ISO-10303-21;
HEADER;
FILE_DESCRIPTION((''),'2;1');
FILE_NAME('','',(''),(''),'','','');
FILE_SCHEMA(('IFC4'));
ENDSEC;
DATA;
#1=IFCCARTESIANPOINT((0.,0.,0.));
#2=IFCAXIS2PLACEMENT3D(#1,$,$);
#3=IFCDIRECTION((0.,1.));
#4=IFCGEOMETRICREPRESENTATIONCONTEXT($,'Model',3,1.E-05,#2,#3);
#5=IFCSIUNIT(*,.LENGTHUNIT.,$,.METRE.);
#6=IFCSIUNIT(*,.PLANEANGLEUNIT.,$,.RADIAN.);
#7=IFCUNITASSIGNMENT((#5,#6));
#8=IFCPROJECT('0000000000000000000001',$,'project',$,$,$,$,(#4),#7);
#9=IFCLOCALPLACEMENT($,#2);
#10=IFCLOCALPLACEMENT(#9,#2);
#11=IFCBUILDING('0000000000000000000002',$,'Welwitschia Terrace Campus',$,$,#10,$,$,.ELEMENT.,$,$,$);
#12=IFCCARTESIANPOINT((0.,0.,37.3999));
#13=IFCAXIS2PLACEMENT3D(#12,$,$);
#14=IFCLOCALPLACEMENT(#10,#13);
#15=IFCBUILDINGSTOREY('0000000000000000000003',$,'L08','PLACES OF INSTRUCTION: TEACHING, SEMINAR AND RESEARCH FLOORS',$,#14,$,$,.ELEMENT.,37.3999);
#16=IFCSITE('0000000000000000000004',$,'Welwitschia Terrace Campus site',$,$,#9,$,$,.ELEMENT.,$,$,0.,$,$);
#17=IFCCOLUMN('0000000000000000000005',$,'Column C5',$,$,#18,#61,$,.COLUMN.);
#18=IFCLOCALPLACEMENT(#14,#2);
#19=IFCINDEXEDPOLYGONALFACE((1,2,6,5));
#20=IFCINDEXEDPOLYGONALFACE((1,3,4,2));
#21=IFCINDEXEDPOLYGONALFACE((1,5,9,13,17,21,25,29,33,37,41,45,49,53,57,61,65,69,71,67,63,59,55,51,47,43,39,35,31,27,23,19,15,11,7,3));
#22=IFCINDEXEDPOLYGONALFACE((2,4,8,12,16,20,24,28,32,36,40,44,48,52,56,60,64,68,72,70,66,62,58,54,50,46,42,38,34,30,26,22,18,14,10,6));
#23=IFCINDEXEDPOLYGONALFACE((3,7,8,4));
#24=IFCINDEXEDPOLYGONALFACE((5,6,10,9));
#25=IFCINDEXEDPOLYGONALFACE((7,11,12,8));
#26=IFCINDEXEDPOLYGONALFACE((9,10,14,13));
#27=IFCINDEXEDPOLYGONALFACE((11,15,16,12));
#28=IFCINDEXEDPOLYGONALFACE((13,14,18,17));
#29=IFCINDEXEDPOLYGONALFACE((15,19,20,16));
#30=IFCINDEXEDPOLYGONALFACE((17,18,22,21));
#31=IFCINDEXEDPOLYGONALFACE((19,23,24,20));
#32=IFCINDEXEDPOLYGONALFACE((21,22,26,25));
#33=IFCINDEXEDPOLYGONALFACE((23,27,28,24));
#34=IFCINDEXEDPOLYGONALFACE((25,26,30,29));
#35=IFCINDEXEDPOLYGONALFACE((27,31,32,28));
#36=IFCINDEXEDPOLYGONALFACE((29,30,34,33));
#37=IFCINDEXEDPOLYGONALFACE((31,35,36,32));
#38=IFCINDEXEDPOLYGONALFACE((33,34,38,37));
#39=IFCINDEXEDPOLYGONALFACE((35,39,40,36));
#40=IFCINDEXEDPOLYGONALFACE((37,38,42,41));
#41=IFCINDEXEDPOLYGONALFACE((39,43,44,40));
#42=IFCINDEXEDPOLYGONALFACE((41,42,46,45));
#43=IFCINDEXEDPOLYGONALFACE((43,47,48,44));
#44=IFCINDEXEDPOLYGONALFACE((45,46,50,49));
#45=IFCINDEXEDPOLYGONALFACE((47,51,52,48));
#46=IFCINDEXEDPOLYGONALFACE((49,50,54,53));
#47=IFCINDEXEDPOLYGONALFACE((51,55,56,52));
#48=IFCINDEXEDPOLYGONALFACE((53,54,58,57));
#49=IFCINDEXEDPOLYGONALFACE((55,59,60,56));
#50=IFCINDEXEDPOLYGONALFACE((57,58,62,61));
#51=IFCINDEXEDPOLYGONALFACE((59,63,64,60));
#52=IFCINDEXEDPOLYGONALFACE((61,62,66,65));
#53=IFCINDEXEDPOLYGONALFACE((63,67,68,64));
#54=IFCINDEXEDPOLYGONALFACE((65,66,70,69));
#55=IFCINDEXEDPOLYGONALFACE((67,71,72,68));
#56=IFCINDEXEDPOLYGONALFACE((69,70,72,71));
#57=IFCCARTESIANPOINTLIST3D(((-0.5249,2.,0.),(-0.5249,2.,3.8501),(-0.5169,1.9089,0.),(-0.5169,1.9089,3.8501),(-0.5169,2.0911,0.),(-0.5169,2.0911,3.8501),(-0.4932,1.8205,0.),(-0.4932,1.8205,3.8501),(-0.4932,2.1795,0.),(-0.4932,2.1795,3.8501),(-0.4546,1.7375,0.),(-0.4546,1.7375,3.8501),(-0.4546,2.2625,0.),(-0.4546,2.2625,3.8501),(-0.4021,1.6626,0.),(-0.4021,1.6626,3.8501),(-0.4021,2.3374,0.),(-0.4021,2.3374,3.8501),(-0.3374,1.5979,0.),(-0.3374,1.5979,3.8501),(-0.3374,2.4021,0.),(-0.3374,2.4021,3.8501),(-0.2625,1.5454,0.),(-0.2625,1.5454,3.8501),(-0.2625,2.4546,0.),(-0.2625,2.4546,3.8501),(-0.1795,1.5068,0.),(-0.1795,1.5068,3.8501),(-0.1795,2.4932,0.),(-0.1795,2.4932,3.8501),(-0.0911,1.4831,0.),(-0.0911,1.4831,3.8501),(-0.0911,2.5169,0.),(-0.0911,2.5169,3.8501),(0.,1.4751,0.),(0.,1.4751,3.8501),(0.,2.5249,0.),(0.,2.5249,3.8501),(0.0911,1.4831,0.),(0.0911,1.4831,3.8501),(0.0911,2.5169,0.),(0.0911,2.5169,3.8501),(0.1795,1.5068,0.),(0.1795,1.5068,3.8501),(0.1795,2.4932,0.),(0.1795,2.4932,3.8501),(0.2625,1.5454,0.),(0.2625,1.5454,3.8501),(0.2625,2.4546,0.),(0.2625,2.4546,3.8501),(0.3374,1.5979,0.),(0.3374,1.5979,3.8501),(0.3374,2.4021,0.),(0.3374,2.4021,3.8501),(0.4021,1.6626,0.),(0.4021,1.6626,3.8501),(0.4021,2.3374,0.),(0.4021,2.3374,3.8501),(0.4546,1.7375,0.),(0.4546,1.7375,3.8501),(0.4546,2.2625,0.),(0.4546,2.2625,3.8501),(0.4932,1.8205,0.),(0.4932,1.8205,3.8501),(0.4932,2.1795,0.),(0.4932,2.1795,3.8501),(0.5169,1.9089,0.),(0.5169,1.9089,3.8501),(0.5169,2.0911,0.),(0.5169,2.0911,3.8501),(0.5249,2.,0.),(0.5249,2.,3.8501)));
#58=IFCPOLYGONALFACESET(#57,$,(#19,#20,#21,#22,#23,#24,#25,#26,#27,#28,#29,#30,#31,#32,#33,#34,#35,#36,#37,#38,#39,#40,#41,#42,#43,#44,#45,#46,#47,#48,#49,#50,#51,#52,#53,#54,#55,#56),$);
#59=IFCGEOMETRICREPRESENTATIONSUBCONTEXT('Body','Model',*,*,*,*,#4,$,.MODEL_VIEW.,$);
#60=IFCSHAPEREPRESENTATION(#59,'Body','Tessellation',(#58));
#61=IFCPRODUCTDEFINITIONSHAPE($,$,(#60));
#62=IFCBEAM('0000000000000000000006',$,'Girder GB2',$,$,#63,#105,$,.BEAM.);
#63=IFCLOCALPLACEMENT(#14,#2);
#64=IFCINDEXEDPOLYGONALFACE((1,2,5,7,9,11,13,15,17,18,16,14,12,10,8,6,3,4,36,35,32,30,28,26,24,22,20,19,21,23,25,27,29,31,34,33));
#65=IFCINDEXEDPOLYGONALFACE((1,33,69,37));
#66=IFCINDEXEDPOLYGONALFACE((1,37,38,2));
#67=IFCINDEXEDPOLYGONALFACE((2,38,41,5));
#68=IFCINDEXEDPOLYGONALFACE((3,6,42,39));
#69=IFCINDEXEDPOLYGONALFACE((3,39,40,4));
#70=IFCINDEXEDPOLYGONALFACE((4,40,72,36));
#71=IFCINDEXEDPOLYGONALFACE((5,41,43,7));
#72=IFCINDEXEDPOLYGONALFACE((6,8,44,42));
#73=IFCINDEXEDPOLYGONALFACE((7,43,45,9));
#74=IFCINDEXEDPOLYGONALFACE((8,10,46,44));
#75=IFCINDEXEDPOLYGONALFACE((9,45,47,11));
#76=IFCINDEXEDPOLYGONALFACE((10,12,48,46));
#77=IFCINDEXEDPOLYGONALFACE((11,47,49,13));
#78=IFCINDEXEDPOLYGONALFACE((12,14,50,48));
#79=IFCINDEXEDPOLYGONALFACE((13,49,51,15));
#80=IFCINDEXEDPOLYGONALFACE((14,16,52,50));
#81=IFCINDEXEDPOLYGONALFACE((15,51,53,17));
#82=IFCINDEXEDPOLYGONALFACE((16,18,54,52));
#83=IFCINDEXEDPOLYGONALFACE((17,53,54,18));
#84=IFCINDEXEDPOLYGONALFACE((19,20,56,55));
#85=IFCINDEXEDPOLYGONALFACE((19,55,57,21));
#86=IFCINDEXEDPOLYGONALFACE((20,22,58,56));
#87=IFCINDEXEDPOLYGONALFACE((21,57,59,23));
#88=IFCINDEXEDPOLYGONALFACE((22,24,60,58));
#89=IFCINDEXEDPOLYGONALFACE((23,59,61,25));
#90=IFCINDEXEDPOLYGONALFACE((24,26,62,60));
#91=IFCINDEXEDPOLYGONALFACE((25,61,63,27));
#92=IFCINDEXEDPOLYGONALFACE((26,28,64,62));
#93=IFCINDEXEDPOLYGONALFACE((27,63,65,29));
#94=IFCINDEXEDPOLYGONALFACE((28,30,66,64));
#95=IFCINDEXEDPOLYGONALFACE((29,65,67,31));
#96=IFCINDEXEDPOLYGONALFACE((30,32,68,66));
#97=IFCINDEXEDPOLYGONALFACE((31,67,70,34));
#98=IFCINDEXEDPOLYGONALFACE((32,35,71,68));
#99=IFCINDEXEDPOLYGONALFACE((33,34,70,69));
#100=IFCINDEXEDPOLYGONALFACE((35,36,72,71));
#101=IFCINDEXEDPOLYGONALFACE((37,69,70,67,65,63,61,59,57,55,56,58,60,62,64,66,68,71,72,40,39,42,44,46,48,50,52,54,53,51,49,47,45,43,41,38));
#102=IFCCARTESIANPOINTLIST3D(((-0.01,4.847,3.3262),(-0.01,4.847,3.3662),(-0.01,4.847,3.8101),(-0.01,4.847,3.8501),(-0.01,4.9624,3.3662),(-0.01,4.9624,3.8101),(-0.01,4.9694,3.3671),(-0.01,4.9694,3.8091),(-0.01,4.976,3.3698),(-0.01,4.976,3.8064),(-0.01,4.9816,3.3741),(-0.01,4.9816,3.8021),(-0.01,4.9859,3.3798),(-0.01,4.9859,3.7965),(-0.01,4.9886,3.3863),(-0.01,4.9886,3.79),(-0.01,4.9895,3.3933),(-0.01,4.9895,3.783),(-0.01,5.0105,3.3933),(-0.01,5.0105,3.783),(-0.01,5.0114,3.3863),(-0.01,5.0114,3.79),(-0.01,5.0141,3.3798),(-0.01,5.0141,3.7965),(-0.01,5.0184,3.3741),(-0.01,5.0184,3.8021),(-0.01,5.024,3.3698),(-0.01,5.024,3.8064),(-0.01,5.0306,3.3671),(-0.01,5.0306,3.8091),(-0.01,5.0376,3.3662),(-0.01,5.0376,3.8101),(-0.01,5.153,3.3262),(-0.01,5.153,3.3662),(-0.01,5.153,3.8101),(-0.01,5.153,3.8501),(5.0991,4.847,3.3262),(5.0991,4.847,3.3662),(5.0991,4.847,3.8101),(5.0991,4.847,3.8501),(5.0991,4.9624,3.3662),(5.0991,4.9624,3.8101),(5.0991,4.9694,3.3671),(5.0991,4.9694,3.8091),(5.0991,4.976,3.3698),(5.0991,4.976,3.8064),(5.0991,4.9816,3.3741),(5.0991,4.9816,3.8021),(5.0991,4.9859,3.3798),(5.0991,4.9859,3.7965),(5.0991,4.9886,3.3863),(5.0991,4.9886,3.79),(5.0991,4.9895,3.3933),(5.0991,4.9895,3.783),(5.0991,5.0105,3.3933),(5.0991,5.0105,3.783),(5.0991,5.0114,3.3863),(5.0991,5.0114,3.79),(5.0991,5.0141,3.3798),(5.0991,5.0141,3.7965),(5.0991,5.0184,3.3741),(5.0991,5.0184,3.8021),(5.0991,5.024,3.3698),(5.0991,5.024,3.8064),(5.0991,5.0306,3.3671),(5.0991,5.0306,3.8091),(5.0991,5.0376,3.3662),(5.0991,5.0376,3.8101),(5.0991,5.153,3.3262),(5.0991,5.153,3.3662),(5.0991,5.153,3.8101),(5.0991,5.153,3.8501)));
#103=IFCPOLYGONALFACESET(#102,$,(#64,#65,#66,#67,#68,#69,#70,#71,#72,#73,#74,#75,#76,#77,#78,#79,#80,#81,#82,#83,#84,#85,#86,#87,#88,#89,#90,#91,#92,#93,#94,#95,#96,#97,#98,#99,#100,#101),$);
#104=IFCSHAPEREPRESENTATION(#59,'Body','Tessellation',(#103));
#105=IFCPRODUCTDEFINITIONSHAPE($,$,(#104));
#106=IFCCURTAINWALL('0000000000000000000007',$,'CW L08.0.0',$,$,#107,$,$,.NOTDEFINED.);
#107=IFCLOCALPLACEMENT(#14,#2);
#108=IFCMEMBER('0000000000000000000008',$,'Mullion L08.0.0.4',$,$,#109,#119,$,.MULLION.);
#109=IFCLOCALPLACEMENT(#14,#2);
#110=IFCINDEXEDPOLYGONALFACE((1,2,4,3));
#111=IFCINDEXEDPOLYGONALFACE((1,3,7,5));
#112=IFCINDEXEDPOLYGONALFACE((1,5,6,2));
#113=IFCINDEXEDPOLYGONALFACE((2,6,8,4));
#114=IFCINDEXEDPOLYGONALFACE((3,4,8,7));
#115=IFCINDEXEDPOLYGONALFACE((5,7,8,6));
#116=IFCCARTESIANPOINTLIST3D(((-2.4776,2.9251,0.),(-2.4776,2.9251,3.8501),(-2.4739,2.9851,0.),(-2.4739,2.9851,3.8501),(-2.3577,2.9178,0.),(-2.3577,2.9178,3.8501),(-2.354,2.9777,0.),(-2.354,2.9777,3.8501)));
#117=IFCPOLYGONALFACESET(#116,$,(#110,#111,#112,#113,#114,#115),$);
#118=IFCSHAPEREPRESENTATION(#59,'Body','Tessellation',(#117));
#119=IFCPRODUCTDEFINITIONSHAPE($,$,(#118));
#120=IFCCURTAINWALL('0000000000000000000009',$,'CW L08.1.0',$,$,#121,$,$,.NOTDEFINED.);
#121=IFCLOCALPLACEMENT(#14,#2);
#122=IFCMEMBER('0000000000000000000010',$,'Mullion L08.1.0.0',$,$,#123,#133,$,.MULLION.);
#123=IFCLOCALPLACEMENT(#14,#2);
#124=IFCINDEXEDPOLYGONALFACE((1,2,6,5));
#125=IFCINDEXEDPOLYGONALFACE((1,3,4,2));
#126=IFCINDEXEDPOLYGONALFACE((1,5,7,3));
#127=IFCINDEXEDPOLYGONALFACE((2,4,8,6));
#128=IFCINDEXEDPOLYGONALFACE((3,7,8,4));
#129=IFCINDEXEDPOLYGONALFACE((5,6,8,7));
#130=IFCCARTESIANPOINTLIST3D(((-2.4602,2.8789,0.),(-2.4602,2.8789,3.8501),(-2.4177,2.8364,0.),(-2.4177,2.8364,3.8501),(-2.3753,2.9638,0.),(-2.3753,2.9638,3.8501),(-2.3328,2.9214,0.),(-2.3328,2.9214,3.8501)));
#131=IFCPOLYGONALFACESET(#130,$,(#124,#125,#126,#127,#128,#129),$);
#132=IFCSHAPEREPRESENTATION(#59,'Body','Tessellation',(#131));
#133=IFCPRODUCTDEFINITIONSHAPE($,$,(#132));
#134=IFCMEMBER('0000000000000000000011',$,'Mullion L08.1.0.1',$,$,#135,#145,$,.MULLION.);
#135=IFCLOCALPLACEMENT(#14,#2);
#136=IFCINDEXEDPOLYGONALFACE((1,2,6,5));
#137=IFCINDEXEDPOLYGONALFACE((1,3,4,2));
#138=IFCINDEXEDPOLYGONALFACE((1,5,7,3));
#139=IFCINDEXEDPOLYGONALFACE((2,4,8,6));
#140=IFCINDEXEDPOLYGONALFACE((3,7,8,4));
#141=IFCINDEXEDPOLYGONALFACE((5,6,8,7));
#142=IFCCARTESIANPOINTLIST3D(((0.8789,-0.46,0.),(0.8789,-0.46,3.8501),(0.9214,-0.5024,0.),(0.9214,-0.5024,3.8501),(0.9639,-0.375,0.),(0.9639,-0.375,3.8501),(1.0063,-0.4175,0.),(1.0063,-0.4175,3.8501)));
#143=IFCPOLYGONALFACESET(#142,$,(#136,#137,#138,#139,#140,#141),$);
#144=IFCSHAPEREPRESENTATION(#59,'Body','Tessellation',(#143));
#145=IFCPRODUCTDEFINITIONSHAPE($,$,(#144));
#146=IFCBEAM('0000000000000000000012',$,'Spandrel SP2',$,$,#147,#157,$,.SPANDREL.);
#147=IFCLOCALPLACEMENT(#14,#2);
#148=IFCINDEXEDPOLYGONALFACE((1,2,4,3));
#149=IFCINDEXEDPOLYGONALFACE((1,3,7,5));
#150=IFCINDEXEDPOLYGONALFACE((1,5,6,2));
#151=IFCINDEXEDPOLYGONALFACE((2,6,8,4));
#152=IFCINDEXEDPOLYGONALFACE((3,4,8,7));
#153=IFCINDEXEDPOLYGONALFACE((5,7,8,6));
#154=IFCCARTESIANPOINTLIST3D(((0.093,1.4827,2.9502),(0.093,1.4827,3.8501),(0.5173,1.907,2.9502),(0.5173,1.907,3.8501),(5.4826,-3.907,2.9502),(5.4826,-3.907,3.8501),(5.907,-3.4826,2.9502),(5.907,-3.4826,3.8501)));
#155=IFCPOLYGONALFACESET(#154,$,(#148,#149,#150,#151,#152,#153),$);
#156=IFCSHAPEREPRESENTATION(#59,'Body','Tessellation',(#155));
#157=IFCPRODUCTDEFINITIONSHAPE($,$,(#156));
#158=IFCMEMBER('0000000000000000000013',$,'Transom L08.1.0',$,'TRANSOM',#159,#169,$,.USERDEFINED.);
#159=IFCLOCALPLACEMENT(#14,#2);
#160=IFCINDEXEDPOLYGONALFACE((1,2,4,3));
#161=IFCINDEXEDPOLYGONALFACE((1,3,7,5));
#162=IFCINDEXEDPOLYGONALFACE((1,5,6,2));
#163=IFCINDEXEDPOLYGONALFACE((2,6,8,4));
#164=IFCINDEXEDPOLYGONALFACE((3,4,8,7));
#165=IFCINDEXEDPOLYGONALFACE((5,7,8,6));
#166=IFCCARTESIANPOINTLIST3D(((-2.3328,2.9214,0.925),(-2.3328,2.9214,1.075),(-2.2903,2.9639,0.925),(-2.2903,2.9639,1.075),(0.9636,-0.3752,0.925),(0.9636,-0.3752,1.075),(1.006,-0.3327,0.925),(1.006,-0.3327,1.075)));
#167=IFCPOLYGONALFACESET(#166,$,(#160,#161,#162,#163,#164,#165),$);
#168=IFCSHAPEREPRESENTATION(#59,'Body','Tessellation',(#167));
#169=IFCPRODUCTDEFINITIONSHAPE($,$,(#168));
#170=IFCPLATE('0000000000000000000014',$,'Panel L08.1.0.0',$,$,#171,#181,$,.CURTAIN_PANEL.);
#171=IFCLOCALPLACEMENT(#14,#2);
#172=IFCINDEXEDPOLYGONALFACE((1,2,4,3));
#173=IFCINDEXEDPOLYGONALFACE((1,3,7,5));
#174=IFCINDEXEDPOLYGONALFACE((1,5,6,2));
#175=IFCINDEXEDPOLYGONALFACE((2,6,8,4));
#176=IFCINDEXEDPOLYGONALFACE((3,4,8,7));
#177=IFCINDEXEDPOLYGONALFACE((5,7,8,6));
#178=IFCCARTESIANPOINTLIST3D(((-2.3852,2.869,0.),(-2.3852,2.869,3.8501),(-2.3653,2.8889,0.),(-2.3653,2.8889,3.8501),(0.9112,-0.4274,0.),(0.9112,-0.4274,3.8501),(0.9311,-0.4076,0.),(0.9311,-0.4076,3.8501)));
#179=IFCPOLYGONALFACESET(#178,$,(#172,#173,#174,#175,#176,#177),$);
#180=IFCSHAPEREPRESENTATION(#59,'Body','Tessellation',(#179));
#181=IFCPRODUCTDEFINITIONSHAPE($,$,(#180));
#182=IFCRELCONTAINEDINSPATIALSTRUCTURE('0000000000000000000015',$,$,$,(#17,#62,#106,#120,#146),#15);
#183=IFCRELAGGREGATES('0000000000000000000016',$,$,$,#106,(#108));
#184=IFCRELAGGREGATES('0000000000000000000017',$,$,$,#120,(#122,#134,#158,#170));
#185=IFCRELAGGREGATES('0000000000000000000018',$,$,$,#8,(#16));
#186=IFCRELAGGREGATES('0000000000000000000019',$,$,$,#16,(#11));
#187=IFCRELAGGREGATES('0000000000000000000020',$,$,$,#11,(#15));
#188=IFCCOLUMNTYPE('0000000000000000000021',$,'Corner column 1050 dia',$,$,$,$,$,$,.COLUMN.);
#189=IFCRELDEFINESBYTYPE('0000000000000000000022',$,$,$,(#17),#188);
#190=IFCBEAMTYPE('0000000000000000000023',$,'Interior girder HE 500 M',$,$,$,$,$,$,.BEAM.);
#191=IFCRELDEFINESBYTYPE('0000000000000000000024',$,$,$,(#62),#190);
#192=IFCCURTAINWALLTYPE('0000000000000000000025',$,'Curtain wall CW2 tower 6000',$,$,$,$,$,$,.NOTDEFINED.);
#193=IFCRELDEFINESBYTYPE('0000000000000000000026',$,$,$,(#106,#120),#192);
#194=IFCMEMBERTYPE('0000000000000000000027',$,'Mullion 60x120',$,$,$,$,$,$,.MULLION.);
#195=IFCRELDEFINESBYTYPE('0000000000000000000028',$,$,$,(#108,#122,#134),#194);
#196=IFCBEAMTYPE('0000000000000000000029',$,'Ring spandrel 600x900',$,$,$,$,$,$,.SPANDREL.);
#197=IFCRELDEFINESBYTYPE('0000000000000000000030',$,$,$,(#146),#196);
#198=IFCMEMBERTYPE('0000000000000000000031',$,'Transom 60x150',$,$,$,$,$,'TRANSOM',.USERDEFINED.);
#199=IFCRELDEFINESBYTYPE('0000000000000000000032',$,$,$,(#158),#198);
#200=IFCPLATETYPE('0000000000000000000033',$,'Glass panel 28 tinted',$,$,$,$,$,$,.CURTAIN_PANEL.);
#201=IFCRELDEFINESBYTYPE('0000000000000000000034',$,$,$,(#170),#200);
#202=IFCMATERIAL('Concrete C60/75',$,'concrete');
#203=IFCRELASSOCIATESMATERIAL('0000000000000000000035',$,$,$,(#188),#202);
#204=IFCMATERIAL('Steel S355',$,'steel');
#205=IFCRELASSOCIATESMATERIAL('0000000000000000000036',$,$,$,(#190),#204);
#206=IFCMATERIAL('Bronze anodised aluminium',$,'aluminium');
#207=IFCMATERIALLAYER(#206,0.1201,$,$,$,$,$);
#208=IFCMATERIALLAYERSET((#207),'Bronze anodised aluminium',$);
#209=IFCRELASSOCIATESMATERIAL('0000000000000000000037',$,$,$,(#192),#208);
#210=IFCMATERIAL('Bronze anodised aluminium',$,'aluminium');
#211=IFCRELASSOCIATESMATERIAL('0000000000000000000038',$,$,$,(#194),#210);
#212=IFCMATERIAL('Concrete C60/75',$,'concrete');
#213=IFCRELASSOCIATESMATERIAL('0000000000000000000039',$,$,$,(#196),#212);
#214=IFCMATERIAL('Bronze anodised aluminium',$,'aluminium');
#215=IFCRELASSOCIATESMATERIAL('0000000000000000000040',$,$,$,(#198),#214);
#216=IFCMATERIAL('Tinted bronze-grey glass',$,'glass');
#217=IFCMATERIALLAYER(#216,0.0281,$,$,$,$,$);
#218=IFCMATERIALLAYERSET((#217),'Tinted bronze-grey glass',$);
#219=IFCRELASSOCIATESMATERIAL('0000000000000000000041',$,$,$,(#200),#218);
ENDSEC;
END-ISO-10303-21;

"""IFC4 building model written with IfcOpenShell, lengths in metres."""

from ifc_helpers import new_model, si_unit, direction, frame, origin, origin_2d, place, context, subcontext, project, spatial, rectangle, circle, i_section, extrude, material, layer, layer_set, material_profile, profile_set, type_object, element, aggregate, save


model = new_model("IFC4")

# Units and contexts
model_context = context("Model", 3, precision=1e-05, world=origin(), true_north=direction((0.0, 1.0)))
body_context = subcontext(model_context, "Body", "Model", "MODEL_VIEW")
ifc_project = project(units=[si_unit("LENGTHUNIT", "METRE"), si_unit("PLANEANGLEUNIT", "RADIAN")], contexts=[model_context])

# Site, building, storey
site_placement = place(None, origin())
site = spatial("IfcSite", under=ifc_project, at=site_placement, Name="Welwitschia Terrace Campus site", CompositionType="ELEMENT", RefElevation=0.0)
building_placement = place(site_placement, origin())
building = spatial("IfcBuilding", under=site, at=building_placement, Name="Welwitschia Terrace Campus", CompositionType="ELEMENT")
storey_placement = place(building_placement, frame((0.0, 0.0, 37.3999)))
storey = spatial("IfcBuildingStorey", under=building, at=storey_placement, Name="L08", Description="PLACES OF INSTRUCTION: TEACHING, SEMINAR AND RESEARCH FLOORS", CompositionType="ELEMENT", Elevation=37.3999)

# Column
ifc_material_1 = material(Name="Concrete C60/75", Category="concrete")
ifc_material_profile_1 = material_profile(ifc_material_1, circle(Radius=0.5249, at=origin_2d()))
ifc_profile_set_1 = profile_set([ifc_material_profile_1], Name="Concrete C60/75")
column_type = type_object("IfcColumnType", Name="Corner column 1050 dia", PredefinedType="COLUMN", material=ifc_profile_set_1)
column_placement = place(storey_placement, frame((0.0, 2.0, 0.0), z_axis=(0.0, 0.0, 1.0), x_axis=(1.0, 0.0, 0.0)))
element("IfcColumn", 1, at=column_placement, inside=storey, type_object=column_type, Name="Column C5", PredefinedType="COLUMN", context=body_context, shape_type="SweptSolid", body=[
    extrude(circle(Radius=0.5249, at=origin_2d()), origin(), (0.0, 0.0, 1.0), 3.8501),
])

# Beam
ifc_material_2 = material(Name="Steel S355", Category="steel")
ifc_material_profile_2 = material_profile(ifc_material_2, i_section(OverallWidth=0.3059, OverallDepth=0.5239, WebThickness=0.021, FlangeThickness=0.04, FilletRadius=0.0271, at=origin_2d()))
ifc_profile_set_2 = profile_set([ifc_material_profile_2], Name="Steel S355")
beam_type_1 = type_object("IfcBeamType", Name="Interior girder HE 500 M", PredefinedType="BEAM", material=ifc_profile_set_2)
beam_1_placement = place(storey_placement, frame((-0.01, 5.0, 3.5881), z_axis=(1.0, 0.0, 0.0), x_axis=(0.0, 1.0, 0.0)))
element("IfcBeam", 2, at=beam_1_placement, inside=storey, type_object=beam_type_1, Name="Girder GB2", PredefinedType="BEAM", context=body_context, shape_type="SweptSolid", body=[
    extrude(i_section(OverallWidth=0.3059, OverallDepth=0.5239, WebThickness=0.021, FlangeThickness=0.04, FilletRadius=0.0271, at=origin_2d()), origin(), (0.0, 0.0, 1.0), 5.1091),
])

# Curtain wall, member
ifc_material_3 = material(Name="Bronze anodised aluminium", Category="aluminium")
ifc_layer_1 = layer(ifc_material_3, 0.1201)
ifc_layer_set_1 = layer_set([ifc_layer_1], Name="Bronze anodised aluminium")
curtain_wall_type = type_object("IfcCurtainWallType", Name="Curtain wall CW2 tower 6000", PredefinedType="NOTDEFINED", material=ifc_layer_set_1)
curtain_wall_1_placement = place(storey_placement, origin())
curtain_wall_1 = element("IfcCurtainWall", 3, at=curtain_wall_1_placement, inside=storey, type_object=curtain_wall_type, Name="CW L08.0.0", PredefinedType="NOTDEFINED")
ifc_material_4 = material(Name="Bronze anodised aluminium", Category="aluminium")
ifc_material_profile_3 = material_profile(ifc_material_4, rectangle(XDim=0.1201, YDim=0.0601, at=origin_2d()))
ifc_profile_set_3 = profile_set([ifc_material_profile_3], Name="Bronze anodised aluminium")
member_type_1 = type_object("IfcMemberType", Name="Mullion 60x120", PredefinedType="MULLION", material=ifc_profile_set_3)
member_1_placement = place(storey_placement, frame((-2.4158, 2.9514, 0.0), z_axis=(0.0, 0.0, 1.0), x_axis=(0.998135, -0.061049, 0.0)))
member_1 = element("IfcMember", 4, at=member_1_placement, type_object=member_type_1, Name="Mullion L08.0.0.4", PredefinedType="MULLION", context=body_context, shape_type="SweptSolid", body=[
    extrude(rectangle(XDim=0.1201, YDim=0.0601, at=origin_2d()), origin(), (0.0, 0.0, 1.0), 3.8501),
])
aggregate(curtain_wall_1, [member_1])

# Curtain wall, members
curtain_wall_2_placement = place(storey_placement, origin())
curtain_wall_2 = element("IfcCurtainWall", 5, at=curtain_wall_2_placement, inside=storey, type_object=curtain_wall_type, Name="CW L08.1.0", PredefinedType="NOTDEFINED")
member_2_placement = place(storey_placement, frame((-2.3965, 2.9001, 0.0), z_axis=(0.0, 0.0, 1.0), x_axis=(0.707107, 0.707107, 0.0)))
member_2 = element("IfcMember", 6, at=member_2_placement, type_object=member_type_1, Name="Mullion L08.1.0.0", PredefinedType="MULLION", context=body_context, shape_type="SweptSolid", body=[
    extrude(rectangle(XDim=0.1201, YDim=0.0601, at=origin_2d()), origin(), (0.0, 0.0, 1.0), 3.8501),
])
member_3_placement = place(storey_placement, frame((0.9426, -0.4387, 0.0), z_axis=(0.0, 0.0, 1.0), x_axis=(0.707107, 0.707107, 0.0)))
member_3 = element("IfcMember", 7, at=member_3_placement, type_object=member_type_1, Name="Mullion L08.1.0.1", PredefinedType="MULLION", context=body_context, shape_type="SweptSolid", body=[
    extrude(rectangle(XDim=0.1201, YDim=0.0601, at=origin_2d()), origin(), (0.0, 0.0, 1.0), 3.8501),
])

# Beam
ifc_material_5 = material(Name="Concrete C60/75", Category="concrete")
ifc_material_profile_4 = material_profile(ifc_material_5, rectangle(XDim=0.6001, YDim=0.8999, at=origin_2d()))
ifc_profile_set_4 = profile_set([ifc_material_profile_4], Name="Concrete C60/75")
beam_type_2 = type_object("IfcBeamType", Name="Ring spandrel 600x900", PredefinedType="SPANDREL", material=ifc_profile_set_4)
beam_2_placement = place(storey_placement, frame((0.3052, 1.6948, 3.4001), z_axis=(0.707107, -0.707107, 0.0), x_axis=(0.707107, 0.707107, 0.0)))
element("IfcBeam", 8, at=beam_2_placement, inside=storey, type_object=beam_type_2, Name="Spandrel SP2", PredefinedType="SPANDREL", context=body_context, shape_type="SweptSolid", body=[
    extrude(rectangle(XDim=0.6001, YDim=0.8999, at=origin_2d()), origin(), (0.0, 0.0, 1.0), 7.6221),
])

# Member
ifc_material_6 = material(Name="Bronze anodised aluminium", Category="aluminium")
ifc_material_profile_5 = material_profile(ifc_material_6, rectangle(XDim=0.0601, YDim=0.1499, at=origin_2d()))
ifc_profile_set_5 = profile_set([ifc_material_profile_5], Name="Bronze anodised aluminium")
member_type_2 = type_object("IfcMemberType", Name="Transom 60x150", ElementType="TRANSOM", PredefinedType="USERDEFINED", material=ifc_profile_set_5)
member_4_placement = place(storey_placement, frame((-2.3115, 2.9426, 1.0), z_axis=(0.707081, -0.707133, 0.0), x_axis=(0.707133, 0.707081, 0.0)))
member_4 = element("IfcMember", 9, at=member_4_placement, type_object=member_type_2, Name="Transom L08.1.0", ObjectType="TRANSOM", PredefinedType="USERDEFINED", context=body_context, shape_type="SweptSolid", body=[
    extrude(rectangle(XDim=0.0601, YDim=0.1499, at=origin_2d()), origin(), (0.0, 0.0, 1.0), 4.6619),
])

# Plate
ifc_material_7 = material(Name="Tinted bronze-grey glass", Category="glass")
ifc_layer_2 = layer(ifc_material_7, 0.0281)
ifc_layer_set_2 = layer_set([ifc_layer_2], Name="Tinted bronze-grey glass")
plate_type = type_object("IfcPlateType", Name="Glass panel 28 tinted", PredefinedType="CURTAIN_PANEL", material=ifc_layer_set_2)
plate_placement = place(storey_placement, frame((-0.7271, 1.2307, 0.0), z_axis=(0.0, 0.0, 1.0), x_axis=(0.707107, -0.707107, 0.0)))
plate = element("IfcPlate", 10, at=plate_placement, type_object=plate_type, Name="Panel L08.1.0.0", PredefinedType="CURTAIN_PANEL", context=body_context, shape_type="SweptSolid", body=[
    extrude(rectangle(XDim=4.6619, YDim=0.0281, at=origin_2d()), origin(), (0.0, 0.0, 1.0), 3.8501),
])
aggregate(curtain_wall_2, [member_2, member_3, member_4, plate])

save(model, "model.ifc")
